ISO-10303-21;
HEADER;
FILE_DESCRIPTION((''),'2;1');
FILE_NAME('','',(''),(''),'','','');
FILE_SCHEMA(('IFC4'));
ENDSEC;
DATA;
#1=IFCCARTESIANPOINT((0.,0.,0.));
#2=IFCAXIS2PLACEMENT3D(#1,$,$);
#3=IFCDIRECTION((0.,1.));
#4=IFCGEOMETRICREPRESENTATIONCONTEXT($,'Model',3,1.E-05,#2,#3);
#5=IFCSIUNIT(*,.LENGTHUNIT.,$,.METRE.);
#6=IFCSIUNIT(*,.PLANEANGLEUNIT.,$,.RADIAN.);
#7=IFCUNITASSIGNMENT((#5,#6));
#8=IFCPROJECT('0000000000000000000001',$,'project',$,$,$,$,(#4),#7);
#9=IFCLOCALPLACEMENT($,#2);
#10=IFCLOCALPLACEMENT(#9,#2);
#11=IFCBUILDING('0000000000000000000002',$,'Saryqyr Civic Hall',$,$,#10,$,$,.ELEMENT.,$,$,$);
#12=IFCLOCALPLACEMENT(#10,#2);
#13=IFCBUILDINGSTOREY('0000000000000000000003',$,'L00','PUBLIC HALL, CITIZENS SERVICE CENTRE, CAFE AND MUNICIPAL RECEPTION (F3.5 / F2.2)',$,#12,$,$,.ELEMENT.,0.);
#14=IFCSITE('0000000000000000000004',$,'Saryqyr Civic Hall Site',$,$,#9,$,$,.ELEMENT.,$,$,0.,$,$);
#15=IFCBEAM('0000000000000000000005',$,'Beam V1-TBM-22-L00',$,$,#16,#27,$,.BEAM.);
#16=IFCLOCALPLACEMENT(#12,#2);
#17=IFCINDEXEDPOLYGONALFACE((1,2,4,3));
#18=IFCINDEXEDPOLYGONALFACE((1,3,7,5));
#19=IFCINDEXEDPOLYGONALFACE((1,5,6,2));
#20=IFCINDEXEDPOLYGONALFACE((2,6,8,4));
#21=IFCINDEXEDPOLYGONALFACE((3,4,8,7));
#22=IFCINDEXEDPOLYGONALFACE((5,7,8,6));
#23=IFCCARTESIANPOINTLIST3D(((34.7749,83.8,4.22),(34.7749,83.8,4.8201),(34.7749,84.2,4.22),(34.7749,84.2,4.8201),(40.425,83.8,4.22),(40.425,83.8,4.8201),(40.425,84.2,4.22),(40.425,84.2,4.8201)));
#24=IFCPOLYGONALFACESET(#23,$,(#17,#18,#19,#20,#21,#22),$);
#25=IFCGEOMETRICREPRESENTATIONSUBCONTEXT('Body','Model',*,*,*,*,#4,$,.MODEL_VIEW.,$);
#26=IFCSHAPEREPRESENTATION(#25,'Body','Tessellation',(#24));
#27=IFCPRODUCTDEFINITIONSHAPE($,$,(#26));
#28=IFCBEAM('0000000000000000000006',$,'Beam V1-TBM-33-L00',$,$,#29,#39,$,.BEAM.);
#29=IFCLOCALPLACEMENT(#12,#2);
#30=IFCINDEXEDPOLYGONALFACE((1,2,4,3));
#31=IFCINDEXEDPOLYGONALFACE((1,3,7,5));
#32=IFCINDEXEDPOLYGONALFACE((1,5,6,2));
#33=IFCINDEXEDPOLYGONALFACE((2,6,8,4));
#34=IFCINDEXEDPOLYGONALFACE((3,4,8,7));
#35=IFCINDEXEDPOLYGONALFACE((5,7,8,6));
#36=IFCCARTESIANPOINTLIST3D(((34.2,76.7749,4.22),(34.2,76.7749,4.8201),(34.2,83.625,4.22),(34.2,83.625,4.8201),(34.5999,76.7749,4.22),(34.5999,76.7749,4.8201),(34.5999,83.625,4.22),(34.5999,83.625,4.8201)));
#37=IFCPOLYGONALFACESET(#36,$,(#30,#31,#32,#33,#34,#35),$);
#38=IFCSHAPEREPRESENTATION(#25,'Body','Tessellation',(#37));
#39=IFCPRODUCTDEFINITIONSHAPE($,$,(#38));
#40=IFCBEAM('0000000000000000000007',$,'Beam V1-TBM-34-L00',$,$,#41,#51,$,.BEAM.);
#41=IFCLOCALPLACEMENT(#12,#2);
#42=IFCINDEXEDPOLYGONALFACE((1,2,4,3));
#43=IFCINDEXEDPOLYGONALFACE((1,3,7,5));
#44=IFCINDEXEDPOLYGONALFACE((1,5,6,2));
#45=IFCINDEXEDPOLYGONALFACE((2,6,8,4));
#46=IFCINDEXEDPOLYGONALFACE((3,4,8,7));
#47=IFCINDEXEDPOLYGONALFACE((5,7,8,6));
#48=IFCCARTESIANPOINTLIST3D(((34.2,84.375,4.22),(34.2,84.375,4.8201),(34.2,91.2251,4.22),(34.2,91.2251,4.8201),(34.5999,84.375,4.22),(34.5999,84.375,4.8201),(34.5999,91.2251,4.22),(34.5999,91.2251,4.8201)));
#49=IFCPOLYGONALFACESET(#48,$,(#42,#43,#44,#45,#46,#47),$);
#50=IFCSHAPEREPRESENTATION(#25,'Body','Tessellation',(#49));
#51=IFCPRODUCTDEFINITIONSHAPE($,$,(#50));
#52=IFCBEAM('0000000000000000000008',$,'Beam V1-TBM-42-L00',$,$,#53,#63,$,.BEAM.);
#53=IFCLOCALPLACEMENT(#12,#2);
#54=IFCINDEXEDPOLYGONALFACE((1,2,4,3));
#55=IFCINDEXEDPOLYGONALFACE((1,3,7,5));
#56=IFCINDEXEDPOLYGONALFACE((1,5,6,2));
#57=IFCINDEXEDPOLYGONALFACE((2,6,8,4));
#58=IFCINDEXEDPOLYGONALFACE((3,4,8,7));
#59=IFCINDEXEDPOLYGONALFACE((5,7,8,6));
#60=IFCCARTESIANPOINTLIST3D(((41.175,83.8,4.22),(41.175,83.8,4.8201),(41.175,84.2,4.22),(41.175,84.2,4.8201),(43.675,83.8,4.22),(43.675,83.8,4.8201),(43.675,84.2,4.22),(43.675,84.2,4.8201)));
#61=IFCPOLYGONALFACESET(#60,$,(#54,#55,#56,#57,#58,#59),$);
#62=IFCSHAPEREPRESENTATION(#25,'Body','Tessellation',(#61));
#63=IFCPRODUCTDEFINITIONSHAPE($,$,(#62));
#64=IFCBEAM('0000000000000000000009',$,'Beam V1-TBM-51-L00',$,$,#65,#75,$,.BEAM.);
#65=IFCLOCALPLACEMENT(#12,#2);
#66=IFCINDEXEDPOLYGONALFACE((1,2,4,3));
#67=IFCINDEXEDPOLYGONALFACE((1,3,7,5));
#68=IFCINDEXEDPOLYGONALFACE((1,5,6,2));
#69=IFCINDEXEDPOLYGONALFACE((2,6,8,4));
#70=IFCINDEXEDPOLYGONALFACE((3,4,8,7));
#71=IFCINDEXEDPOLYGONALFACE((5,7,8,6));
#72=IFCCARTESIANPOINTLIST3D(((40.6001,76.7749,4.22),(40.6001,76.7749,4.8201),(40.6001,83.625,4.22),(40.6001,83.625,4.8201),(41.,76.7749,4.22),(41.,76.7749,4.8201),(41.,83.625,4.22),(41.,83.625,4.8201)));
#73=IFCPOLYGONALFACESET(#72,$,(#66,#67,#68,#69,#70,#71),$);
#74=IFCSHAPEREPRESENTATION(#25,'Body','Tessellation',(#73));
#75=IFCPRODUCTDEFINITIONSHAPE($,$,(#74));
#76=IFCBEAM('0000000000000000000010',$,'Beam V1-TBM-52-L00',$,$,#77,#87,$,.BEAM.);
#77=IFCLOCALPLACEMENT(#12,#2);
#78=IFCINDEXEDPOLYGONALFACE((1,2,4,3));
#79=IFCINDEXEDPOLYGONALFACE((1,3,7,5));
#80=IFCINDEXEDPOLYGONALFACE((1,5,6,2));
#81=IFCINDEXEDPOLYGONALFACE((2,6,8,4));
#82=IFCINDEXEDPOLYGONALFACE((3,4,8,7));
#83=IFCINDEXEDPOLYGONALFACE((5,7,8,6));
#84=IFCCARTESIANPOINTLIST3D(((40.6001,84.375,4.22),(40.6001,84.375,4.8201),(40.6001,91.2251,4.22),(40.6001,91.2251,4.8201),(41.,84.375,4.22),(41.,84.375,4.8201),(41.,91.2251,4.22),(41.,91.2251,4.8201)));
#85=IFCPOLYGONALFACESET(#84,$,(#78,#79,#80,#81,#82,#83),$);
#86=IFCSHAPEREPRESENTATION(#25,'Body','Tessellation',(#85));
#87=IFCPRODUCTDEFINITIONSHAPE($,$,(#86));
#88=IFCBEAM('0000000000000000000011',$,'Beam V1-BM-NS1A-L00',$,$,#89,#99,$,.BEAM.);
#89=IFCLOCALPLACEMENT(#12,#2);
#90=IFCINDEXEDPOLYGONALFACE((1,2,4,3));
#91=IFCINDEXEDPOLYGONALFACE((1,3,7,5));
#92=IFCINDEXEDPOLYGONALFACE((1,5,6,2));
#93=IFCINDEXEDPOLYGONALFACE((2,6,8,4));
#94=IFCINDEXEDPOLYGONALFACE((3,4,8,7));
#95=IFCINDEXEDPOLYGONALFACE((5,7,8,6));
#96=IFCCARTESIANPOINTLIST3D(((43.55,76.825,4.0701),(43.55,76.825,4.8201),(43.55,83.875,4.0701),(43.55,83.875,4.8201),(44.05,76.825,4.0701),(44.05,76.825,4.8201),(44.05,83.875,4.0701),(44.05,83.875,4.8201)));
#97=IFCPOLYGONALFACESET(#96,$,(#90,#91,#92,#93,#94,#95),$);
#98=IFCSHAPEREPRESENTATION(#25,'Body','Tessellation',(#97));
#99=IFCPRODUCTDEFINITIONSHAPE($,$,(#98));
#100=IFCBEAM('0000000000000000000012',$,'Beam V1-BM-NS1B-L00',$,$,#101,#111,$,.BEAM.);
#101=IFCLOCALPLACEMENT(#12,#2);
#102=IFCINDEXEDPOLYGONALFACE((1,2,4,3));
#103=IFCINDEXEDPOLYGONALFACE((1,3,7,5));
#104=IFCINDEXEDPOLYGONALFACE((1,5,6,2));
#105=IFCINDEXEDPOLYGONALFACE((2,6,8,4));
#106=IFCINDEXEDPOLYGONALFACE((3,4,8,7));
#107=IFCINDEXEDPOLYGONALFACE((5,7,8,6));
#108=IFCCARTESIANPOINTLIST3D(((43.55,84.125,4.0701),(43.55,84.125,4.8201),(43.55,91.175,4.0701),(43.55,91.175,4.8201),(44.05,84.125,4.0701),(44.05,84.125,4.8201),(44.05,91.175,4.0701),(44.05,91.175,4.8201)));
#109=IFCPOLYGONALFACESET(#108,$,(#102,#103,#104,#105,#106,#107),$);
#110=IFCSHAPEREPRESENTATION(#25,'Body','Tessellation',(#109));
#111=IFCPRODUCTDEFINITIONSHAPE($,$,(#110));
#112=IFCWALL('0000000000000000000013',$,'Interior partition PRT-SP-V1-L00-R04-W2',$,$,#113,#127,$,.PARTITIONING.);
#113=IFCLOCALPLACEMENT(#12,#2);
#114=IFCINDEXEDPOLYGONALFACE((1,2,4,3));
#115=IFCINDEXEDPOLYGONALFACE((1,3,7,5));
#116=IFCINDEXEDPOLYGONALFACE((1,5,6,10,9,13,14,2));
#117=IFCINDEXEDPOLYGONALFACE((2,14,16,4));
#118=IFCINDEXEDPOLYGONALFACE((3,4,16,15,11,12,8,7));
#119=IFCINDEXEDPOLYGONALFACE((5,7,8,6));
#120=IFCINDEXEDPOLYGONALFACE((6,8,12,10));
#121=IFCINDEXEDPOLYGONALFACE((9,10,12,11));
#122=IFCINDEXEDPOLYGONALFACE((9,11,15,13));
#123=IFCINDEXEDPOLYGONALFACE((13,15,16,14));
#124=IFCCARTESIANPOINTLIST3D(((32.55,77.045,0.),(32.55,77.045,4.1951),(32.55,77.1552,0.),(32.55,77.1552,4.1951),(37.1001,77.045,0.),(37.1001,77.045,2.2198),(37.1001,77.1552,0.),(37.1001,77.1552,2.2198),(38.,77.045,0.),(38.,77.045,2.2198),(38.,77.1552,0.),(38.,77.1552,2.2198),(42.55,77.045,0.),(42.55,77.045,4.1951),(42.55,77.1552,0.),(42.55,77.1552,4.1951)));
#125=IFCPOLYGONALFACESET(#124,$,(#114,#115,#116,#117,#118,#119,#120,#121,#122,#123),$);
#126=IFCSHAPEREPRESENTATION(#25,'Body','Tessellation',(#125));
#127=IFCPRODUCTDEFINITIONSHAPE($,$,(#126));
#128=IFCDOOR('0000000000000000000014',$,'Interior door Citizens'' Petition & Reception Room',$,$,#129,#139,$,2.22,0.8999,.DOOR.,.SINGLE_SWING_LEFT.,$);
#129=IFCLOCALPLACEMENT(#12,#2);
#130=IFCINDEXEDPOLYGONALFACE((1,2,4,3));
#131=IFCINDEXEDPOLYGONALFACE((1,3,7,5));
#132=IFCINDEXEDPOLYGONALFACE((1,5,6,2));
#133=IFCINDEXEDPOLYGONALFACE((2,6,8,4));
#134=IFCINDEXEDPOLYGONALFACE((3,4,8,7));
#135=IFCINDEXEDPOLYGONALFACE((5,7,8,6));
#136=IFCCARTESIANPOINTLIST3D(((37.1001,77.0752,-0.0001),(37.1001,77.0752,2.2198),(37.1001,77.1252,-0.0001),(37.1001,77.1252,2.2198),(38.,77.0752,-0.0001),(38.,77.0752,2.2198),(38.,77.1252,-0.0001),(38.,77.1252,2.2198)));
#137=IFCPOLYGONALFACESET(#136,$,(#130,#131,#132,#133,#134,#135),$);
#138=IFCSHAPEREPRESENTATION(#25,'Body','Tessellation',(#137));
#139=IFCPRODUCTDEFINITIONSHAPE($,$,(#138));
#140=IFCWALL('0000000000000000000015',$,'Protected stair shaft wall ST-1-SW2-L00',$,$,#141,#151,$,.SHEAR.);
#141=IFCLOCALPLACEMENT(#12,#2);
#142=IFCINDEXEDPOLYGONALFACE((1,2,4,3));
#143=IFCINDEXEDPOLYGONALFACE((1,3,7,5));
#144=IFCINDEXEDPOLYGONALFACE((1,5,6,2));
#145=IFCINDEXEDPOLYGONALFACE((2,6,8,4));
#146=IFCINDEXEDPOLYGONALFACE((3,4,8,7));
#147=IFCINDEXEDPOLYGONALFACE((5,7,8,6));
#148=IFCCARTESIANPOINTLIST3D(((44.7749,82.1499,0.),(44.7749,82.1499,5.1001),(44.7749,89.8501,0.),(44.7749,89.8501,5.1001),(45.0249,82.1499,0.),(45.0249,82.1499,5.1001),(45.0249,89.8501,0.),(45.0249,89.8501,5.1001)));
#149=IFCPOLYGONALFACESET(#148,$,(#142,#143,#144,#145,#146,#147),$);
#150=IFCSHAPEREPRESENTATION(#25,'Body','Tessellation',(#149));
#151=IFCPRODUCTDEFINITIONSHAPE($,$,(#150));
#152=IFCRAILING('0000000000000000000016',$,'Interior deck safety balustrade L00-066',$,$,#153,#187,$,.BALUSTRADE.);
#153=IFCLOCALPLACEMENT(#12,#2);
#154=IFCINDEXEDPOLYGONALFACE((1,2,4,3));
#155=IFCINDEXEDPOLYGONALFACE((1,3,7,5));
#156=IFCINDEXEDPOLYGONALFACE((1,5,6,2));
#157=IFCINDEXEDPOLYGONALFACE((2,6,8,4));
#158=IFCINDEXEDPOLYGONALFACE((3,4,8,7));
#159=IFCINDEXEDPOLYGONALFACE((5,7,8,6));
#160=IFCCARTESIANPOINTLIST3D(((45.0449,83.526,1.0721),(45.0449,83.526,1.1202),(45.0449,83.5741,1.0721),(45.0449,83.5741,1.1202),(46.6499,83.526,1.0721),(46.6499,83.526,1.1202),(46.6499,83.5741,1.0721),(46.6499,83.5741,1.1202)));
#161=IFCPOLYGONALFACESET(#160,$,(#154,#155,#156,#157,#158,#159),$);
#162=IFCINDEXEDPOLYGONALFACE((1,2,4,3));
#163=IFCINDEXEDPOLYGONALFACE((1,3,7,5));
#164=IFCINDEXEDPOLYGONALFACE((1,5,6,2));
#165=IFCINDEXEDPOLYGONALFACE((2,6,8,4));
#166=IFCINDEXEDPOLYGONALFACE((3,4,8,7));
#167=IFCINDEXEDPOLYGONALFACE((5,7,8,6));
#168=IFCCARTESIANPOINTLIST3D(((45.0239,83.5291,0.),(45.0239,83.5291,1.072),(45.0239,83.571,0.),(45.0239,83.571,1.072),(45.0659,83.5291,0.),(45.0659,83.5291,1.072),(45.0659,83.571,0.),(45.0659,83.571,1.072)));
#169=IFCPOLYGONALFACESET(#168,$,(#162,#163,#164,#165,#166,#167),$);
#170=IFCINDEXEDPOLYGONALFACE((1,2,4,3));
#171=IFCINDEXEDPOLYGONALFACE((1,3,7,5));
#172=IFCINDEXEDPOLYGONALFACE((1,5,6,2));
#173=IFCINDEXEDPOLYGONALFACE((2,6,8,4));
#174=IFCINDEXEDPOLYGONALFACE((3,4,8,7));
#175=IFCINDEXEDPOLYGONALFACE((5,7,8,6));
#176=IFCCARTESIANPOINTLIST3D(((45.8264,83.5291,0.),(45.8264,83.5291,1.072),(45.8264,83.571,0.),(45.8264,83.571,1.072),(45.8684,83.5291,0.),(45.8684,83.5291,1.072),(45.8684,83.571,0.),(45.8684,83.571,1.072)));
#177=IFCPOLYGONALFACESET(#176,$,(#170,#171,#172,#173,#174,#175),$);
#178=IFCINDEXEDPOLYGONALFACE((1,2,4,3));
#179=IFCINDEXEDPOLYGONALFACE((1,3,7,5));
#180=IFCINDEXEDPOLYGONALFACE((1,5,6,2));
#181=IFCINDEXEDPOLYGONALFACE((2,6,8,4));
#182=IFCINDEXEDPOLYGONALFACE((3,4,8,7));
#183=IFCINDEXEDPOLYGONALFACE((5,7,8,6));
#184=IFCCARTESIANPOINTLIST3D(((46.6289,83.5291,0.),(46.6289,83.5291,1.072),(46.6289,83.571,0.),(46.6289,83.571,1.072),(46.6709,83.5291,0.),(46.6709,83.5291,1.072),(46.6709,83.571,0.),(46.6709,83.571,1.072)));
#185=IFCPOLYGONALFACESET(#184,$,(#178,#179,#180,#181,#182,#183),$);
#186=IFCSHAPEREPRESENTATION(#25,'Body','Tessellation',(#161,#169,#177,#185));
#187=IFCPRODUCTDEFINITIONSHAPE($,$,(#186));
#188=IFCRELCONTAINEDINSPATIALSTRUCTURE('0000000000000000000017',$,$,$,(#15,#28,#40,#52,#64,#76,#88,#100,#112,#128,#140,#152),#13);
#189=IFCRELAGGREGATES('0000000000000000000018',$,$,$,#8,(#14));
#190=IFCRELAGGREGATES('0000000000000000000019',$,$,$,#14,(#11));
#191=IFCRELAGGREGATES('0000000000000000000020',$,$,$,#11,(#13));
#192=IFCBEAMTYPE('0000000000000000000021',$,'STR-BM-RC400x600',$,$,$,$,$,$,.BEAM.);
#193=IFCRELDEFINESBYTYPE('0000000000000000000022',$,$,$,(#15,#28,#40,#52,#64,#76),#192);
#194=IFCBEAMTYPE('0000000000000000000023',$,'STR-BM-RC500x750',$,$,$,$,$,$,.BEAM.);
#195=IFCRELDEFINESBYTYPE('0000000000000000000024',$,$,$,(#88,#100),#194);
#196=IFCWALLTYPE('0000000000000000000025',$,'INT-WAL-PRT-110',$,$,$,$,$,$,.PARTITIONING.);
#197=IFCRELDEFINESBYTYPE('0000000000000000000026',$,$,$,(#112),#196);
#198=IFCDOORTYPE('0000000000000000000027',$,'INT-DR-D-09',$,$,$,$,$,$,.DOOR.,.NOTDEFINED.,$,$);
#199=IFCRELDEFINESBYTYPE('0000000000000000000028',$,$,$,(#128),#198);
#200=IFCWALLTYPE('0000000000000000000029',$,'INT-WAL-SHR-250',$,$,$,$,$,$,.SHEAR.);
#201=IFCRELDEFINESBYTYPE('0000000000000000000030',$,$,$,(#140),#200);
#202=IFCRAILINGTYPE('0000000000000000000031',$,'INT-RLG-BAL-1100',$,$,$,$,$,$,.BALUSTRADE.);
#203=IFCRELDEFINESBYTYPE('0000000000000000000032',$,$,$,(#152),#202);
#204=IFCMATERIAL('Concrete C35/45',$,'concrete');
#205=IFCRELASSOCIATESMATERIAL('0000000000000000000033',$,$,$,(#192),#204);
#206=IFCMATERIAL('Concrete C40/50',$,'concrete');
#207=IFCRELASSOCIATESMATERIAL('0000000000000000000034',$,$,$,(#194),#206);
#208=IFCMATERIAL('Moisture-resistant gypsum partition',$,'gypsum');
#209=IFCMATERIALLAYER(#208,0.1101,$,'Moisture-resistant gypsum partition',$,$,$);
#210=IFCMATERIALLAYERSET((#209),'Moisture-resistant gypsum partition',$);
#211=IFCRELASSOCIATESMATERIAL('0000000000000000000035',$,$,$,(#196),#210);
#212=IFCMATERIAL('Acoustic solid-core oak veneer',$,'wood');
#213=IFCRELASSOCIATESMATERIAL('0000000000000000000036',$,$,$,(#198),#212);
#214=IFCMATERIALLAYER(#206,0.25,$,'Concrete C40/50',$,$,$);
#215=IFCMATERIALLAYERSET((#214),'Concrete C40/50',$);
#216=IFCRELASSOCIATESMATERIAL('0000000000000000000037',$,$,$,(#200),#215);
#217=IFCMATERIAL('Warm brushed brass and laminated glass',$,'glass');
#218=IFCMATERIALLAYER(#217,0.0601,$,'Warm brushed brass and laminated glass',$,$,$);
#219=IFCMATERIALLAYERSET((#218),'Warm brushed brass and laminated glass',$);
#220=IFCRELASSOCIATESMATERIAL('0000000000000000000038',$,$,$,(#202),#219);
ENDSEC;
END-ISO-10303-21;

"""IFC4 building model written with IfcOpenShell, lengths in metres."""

from ifc_helpers import new_model, si_unit, direction, frame, frame_2d, origin, origin_2d, place, context, subcontext, project, spatial, rectangle, extrude, material, layer, layer_set, material_profile, profile_set, type_object, element, fill, save


model = new_model("IFC4")

# Units and contexts
model_context = context("Model", 3, precision=1e-05, world=origin(), true_north=direction((0.0, 1.0)))
body_context = subcontext(model_context, "Body", "Model", "MODEL_VIEW")
ifc_project = project(units=[si_unit("LENGTHUNIT", "METRE"), si_unit("PLANEANGLEUNIT", "RADIAN")], contexts=[model_context])

# Site, building, storey
site_placement = place(None, origin())
site = spatial("IfcSite", under=ifc_project, at=site_placement, Name="Saryqyr Civic Hall Site", CompositionType="ELEMENT", RefElevation=0.0)
building_placement = place(site_placement, origin())
building = spatial("IfcBuilding", under=site, at=building_placement, Name="Saryqyr Civic Hall", CompositionType="ELEMENT")
storey_placement = place(building_placement, origin())
storey = spatial("IfcBuildingStorey", under=building, at=storey_placement, Name="L00", Description="PUBLIC HALL, CITIZENS SERVICE CENTRE, CAFE AND MUNICIPAL RECEPTION (F3.5 / F2.2)", CompositionType="ELEMENT", Elevation=0.0)

# Shared definitions
ifc_material_1 = material(Name="Concrete C40/50", Category="concrete")

# Beams
ifc_material_2 = material(Name="Concrete C35/45", Category="concrete")
ifc_material_profile_1 = material_profile(ifc_material_2, rectangle(XDim=0.3999, YDim=0.6001, at=origin_2d()), Name="RC 400x600")
ifc_profile_set_1 = profile_set([ifc_material_profile_1], Name="Concrete C35/45")
beam_type_1 = type_object("IfcBeamType", Name="STR-BM-RC400x600", PredefinedType="BEAM", material=ifc_profile_set_1)
beam_1_placement = place(storey_placement, frame((34.7749, 84.0, 4.52), z_axis=(1.0, 0.0, 0.0), x_axis=(0.0, 1.0, 0.0)))
element("IfcBeam", 1, at=beam_1_placement, inside=storey, type_object=beam_type_1, Name="Beam V1-TBM-22-L00", PredefinedType="BEAM", context=body_context, shape_type="SweptSolid", body=[
    extrude(rectangle(XDim=0.3999, YDim=0.6001, at=origin_2d()), origin(), (0.0, 0.0, 1.0), 5.6501),
])
for number, where, z_axis, x_axis, name in (
    (2, (34.3999, 76.7749, 4.52), (0.0, 1.0, 0.0), (-1.0, 0.0, 0.0), "Beam V1-TBM-33-L00"),
    (3, (34.3999, 84.375, 4.52), (0.0, 1.0, 0.0), (-1.0, 0.0, 0.0), "Beam V1-TBM-34-L00"),
):
    element("IfcBeam", number, at=place(storey_placement, frame(where, z_axis=z_axis, x_axis=x_axis)), inside=storey, type_object=beam_type_1, Name=name, PredefinedType="BEAM", context=body_context, shape_type="SweptSolid", body=[
        extrude(rectangle(XDim=0.3999, YDim=0.6001, at=origin_2d()), origin(), (0.0, 0.0, 1.0), 6.8501),
    ])
beam_2_placement = place(storey_placement, frame((41.175, 84.0, 4.52), z_axis=(1.0, 0.0, 0.0), x_axis=(0.0, 1.0, 0.0)))
element("IfcBeam", 4, at=beam_2_placement, inside=storey, type_object=beam_type_1, Name="Beam V1-TBM-42-L00", PredefinedType="BEAM", context=body_context, shape_type="SweptSolid", body=[
    extrude(rectangle(XDim=0.3999, YDim=0.6001, at=origin_2d()), origin(), (0.0, 0.0, 1.0), 2.5),
])
for number, where, z_axis, x_axis, name in (
    (5, (40.8, 76.7749, 4.52), (0.0, 1.0, 0.0), (-1.0, 0.0, 0.0), "Beam V1-TBM-51-L00"),
    (6, (40.8, 84.375, 4.52), (0.0, 1.0, 0.0), (-1.0, 0.0, 0.0), "Beam V1-TBM-52-L00"),
):
    element("IfcBeam", number, at=place(storey_placement, frame(where, z_axis=z_axis, x_axis=x_axis)), inside=storey, type_object=beam_type_1, Name=name, PredefinedType="BEAM", context=body_context, shape_type="SweptSolid", body=[
        extrude(rectangle(XDim=0.3999, YDim=0.6001, at=origin_2d()), origin(), (0.0, 0.0, 1.0), 6.8501),
    ])
ifc_material_profile_2 = material_profile(ifc_material_1, rectangle(XDim=0.5, YDim=0.75, at=origin_2d()), Name="RC 500x750")
ifc_profile_set_2 = profile_set([ifc_material_profile_2], Name="Concrete C40/50")
beam_type_2 = type_object("IfcBeamType", Name="STR-BM-RC500x750", PredefinedType="BEAM", material=ifc_profile_set_2)
for number, where, z_axis, x_axis, name in (
    (7, (43.8, 76.825, 4.4451), (0.0, 1.0, 0.0), (-1.0, 0.0, 0.0), "Beam V1-BM-NS1A-L00"),
    (8, (43.8, 84.125, 4.4451), (0.0, 1.0, 0.0), (-1.0, 0.0, 0.0), "Beam V1-BM-NS1B-L00"),
):
    element("IfcBeam", number, at=place(storey_placement, frame(where, z_axis=z_axis, x_axis=x_axis)), inside=storey, type_object=beam_type_2, Name=name, PredefinedType="BEAM", context=body_context, shape_type="SweptSolid", body=[
        extrude(rectangle(XDim=0.5, YDim=0.75, at=origin_2d()), origin(), (0.0, 0.0, 1.0), 7.05),
    ])

# Wall, opening, door
ifc_material_3 = material(Name="Moisture-resistant gypsum partition", Category="gypsum")
ifc_layer_1 = layer(ifc_material_3, 0.1101, Name="Moisture-resistant gypsum partition")
ifc_layer_set_1 = layer_set([ifc_layer_1], Name="Moisture-resistant gypsum partition")
wall_type_1 = type_object("IfcWallType", Name="INT-WAL-PRT-110", PredefinedType="PARTITIONING", material=ifc_layer_set_1)
wall_1_placement = place(storey_placement, frame((42.55, 77.1001, 0.0), z_axis=(0.0, 0.0, 1.0), x_axis=(-1.0, 0.0, 0.0)))
wall_1 = element("IfcWall", 9, at=wall_1_placement, inside=storey, type_object=wall_type_1, Name="Interior partition PRT-SP-V1-L00-R04-W2", PredefinedType="PARTITIONING", context=body_context, shape_type="SweptSolid", body=[
    extrude(rectangle(XDim=10.0, YDim=0.1101, at=frame_2d((5.0, 0.0))), origin(), (0.0, 0.0, 1.0), 4.1951),
])
opening_placement = place(wall_1_placement, frame((4.55, 0.0, 0.0)))
opening = element("IfcOpeningElement", 10, at=opening_placement, cuts=wall_1, PredefinedType="OPENING", context=body_context, shape_type="SweptSolid", body=[
    extrude(rectangle(XDim=0.8999, YDim=2.22, at=frame_2d((0.45, 1.1099))), frame((0.0, 0.0649, 0.0), z_axis=(0.0, -1.0, 0.0), x_axis=(1.0, 0.0, 0.0)), (0.0, 0.0, 1.0), 0.1301),
])
ifc_material_4 = material(Name="Acoustic solid-core oak veneer", Category="wood")
door_type = type_object("IfcDoorType", Name="INT-DR-D-09", OperationType="NOTDEFINED", PredefinedType="DOOR", material=ifc_material_4)
door_placement = place(opening_placement, origin())
door = element("IfcDoor", 11, at=door_placement, inside=storey, type_object=door_type, Name="Interior door Citizens' Petition & Reception Room", OperationType="SINGLE_SWING_LEFT", OverallHeight=2.22, OverallWidth=0.8999, PredefinedType="DOOR", context=body_context, shape_type="SweptSolid", body=[
    extrude(rectangle(XDim=0.8999, YDim=2.22, at=frame_2d((0.45, 1.1099))), frame((0.0, 0.0249, 0.0), z_axis=(0.0, -1.0, 0.0), x_axis=(1.0, 0.0, 0.0)), (0.0, 0.0, 1.0), 0.05),
])
fill(opening, door)

# Wall
ifc_layer_2 = layer(ifc_material_1, 0.25, Name="Concrete C40/50")
ifc_layer_set_2 = layer_set([ifc_layer_2], Name="Concrete C40/50")
wall_type_2 = type_object("IfcWallType", Name="INT-WAL-SHR-250", PredefinedType="SHEAR", material=ifc_layer_set_2)
wall_2_placement = place(storey_placement, frame((44.8999, 82.1499, 0.0), z_axis=(0.0, 0.0, 1.0), x_axis=(0.0, 1.0, 0.0)))
element("IfcWall", 12, at=wall_2_placement, inside=storey, type_object=wall_type_2, Name="Protected stair shaft wall ST-1-SW2-L00", PredefinedType="SHEAR", context=body_context, shape_type="SweptSolid", body=[
    extrude(rectangle(XDim=7.7002, YDim=0.25, at=frame_2d((3.8501, 0.0))), origin(), (0.0, 0.0, 1.0), 5.1001),
])

# Railing
ifc_material_5 = material(Name="Warm brushed brass and laminated glass", Category="glass")
ifc_layer_3 = layer(ifc_material_5, 0.0601, Name="Warm brushed brass and laminated glass")
ifc_layer_set_3 = layer_set([ifc_layer_3], Name="Warm brushed brass and laminated glass")
railing_type = type_object("IfcRailingType", Name="INT-RLG-BAL-1100", PredefinedType="BALUSTRADE", material=ifc_layer_set_3)
railing_placement = place(storey_placement, frame((45.0449, 83.55, 0.0)))
element("IfcRailing", 13, at=railing_placement, inside=storey, type_object=railing_type, Name="Interior deck safety balustrade L00-066", PredefinedType="BALUSTRADE", context=body_context, shape_type="SweptSolid", body=[
    extrude(rectangle(XDim=0.0481, YDim=0.0481, at=origin_2d()), frame((0.0, 0.0, 1.0962), z_axis=(1.0, 0.0, 0.0), x_axis=(0.0, 1.0, 0.0)), (0.0, 0.0, 1.0), 1.605),
    extrude(rectangle(XDim=0.042, YDim=0.042, at=origin_2d()), origin(), (0.0, 0.0, 1.0), 1.072),
    extrude(rectangle(XDim=0.042, YDim=0.042, at=origin_2d()), frame((0.8025, 0.0, 0.0)), (0.0, 0.0, 1.0), 1.072),
    extrude(rectangle(XDim=0.042, YDim=0.042, at=origin_2d()), frame((1.605, 0.0, 0.0)), (0.0, 0.0, 1.0), 1.072),
])

save(model, "model.ifc")
